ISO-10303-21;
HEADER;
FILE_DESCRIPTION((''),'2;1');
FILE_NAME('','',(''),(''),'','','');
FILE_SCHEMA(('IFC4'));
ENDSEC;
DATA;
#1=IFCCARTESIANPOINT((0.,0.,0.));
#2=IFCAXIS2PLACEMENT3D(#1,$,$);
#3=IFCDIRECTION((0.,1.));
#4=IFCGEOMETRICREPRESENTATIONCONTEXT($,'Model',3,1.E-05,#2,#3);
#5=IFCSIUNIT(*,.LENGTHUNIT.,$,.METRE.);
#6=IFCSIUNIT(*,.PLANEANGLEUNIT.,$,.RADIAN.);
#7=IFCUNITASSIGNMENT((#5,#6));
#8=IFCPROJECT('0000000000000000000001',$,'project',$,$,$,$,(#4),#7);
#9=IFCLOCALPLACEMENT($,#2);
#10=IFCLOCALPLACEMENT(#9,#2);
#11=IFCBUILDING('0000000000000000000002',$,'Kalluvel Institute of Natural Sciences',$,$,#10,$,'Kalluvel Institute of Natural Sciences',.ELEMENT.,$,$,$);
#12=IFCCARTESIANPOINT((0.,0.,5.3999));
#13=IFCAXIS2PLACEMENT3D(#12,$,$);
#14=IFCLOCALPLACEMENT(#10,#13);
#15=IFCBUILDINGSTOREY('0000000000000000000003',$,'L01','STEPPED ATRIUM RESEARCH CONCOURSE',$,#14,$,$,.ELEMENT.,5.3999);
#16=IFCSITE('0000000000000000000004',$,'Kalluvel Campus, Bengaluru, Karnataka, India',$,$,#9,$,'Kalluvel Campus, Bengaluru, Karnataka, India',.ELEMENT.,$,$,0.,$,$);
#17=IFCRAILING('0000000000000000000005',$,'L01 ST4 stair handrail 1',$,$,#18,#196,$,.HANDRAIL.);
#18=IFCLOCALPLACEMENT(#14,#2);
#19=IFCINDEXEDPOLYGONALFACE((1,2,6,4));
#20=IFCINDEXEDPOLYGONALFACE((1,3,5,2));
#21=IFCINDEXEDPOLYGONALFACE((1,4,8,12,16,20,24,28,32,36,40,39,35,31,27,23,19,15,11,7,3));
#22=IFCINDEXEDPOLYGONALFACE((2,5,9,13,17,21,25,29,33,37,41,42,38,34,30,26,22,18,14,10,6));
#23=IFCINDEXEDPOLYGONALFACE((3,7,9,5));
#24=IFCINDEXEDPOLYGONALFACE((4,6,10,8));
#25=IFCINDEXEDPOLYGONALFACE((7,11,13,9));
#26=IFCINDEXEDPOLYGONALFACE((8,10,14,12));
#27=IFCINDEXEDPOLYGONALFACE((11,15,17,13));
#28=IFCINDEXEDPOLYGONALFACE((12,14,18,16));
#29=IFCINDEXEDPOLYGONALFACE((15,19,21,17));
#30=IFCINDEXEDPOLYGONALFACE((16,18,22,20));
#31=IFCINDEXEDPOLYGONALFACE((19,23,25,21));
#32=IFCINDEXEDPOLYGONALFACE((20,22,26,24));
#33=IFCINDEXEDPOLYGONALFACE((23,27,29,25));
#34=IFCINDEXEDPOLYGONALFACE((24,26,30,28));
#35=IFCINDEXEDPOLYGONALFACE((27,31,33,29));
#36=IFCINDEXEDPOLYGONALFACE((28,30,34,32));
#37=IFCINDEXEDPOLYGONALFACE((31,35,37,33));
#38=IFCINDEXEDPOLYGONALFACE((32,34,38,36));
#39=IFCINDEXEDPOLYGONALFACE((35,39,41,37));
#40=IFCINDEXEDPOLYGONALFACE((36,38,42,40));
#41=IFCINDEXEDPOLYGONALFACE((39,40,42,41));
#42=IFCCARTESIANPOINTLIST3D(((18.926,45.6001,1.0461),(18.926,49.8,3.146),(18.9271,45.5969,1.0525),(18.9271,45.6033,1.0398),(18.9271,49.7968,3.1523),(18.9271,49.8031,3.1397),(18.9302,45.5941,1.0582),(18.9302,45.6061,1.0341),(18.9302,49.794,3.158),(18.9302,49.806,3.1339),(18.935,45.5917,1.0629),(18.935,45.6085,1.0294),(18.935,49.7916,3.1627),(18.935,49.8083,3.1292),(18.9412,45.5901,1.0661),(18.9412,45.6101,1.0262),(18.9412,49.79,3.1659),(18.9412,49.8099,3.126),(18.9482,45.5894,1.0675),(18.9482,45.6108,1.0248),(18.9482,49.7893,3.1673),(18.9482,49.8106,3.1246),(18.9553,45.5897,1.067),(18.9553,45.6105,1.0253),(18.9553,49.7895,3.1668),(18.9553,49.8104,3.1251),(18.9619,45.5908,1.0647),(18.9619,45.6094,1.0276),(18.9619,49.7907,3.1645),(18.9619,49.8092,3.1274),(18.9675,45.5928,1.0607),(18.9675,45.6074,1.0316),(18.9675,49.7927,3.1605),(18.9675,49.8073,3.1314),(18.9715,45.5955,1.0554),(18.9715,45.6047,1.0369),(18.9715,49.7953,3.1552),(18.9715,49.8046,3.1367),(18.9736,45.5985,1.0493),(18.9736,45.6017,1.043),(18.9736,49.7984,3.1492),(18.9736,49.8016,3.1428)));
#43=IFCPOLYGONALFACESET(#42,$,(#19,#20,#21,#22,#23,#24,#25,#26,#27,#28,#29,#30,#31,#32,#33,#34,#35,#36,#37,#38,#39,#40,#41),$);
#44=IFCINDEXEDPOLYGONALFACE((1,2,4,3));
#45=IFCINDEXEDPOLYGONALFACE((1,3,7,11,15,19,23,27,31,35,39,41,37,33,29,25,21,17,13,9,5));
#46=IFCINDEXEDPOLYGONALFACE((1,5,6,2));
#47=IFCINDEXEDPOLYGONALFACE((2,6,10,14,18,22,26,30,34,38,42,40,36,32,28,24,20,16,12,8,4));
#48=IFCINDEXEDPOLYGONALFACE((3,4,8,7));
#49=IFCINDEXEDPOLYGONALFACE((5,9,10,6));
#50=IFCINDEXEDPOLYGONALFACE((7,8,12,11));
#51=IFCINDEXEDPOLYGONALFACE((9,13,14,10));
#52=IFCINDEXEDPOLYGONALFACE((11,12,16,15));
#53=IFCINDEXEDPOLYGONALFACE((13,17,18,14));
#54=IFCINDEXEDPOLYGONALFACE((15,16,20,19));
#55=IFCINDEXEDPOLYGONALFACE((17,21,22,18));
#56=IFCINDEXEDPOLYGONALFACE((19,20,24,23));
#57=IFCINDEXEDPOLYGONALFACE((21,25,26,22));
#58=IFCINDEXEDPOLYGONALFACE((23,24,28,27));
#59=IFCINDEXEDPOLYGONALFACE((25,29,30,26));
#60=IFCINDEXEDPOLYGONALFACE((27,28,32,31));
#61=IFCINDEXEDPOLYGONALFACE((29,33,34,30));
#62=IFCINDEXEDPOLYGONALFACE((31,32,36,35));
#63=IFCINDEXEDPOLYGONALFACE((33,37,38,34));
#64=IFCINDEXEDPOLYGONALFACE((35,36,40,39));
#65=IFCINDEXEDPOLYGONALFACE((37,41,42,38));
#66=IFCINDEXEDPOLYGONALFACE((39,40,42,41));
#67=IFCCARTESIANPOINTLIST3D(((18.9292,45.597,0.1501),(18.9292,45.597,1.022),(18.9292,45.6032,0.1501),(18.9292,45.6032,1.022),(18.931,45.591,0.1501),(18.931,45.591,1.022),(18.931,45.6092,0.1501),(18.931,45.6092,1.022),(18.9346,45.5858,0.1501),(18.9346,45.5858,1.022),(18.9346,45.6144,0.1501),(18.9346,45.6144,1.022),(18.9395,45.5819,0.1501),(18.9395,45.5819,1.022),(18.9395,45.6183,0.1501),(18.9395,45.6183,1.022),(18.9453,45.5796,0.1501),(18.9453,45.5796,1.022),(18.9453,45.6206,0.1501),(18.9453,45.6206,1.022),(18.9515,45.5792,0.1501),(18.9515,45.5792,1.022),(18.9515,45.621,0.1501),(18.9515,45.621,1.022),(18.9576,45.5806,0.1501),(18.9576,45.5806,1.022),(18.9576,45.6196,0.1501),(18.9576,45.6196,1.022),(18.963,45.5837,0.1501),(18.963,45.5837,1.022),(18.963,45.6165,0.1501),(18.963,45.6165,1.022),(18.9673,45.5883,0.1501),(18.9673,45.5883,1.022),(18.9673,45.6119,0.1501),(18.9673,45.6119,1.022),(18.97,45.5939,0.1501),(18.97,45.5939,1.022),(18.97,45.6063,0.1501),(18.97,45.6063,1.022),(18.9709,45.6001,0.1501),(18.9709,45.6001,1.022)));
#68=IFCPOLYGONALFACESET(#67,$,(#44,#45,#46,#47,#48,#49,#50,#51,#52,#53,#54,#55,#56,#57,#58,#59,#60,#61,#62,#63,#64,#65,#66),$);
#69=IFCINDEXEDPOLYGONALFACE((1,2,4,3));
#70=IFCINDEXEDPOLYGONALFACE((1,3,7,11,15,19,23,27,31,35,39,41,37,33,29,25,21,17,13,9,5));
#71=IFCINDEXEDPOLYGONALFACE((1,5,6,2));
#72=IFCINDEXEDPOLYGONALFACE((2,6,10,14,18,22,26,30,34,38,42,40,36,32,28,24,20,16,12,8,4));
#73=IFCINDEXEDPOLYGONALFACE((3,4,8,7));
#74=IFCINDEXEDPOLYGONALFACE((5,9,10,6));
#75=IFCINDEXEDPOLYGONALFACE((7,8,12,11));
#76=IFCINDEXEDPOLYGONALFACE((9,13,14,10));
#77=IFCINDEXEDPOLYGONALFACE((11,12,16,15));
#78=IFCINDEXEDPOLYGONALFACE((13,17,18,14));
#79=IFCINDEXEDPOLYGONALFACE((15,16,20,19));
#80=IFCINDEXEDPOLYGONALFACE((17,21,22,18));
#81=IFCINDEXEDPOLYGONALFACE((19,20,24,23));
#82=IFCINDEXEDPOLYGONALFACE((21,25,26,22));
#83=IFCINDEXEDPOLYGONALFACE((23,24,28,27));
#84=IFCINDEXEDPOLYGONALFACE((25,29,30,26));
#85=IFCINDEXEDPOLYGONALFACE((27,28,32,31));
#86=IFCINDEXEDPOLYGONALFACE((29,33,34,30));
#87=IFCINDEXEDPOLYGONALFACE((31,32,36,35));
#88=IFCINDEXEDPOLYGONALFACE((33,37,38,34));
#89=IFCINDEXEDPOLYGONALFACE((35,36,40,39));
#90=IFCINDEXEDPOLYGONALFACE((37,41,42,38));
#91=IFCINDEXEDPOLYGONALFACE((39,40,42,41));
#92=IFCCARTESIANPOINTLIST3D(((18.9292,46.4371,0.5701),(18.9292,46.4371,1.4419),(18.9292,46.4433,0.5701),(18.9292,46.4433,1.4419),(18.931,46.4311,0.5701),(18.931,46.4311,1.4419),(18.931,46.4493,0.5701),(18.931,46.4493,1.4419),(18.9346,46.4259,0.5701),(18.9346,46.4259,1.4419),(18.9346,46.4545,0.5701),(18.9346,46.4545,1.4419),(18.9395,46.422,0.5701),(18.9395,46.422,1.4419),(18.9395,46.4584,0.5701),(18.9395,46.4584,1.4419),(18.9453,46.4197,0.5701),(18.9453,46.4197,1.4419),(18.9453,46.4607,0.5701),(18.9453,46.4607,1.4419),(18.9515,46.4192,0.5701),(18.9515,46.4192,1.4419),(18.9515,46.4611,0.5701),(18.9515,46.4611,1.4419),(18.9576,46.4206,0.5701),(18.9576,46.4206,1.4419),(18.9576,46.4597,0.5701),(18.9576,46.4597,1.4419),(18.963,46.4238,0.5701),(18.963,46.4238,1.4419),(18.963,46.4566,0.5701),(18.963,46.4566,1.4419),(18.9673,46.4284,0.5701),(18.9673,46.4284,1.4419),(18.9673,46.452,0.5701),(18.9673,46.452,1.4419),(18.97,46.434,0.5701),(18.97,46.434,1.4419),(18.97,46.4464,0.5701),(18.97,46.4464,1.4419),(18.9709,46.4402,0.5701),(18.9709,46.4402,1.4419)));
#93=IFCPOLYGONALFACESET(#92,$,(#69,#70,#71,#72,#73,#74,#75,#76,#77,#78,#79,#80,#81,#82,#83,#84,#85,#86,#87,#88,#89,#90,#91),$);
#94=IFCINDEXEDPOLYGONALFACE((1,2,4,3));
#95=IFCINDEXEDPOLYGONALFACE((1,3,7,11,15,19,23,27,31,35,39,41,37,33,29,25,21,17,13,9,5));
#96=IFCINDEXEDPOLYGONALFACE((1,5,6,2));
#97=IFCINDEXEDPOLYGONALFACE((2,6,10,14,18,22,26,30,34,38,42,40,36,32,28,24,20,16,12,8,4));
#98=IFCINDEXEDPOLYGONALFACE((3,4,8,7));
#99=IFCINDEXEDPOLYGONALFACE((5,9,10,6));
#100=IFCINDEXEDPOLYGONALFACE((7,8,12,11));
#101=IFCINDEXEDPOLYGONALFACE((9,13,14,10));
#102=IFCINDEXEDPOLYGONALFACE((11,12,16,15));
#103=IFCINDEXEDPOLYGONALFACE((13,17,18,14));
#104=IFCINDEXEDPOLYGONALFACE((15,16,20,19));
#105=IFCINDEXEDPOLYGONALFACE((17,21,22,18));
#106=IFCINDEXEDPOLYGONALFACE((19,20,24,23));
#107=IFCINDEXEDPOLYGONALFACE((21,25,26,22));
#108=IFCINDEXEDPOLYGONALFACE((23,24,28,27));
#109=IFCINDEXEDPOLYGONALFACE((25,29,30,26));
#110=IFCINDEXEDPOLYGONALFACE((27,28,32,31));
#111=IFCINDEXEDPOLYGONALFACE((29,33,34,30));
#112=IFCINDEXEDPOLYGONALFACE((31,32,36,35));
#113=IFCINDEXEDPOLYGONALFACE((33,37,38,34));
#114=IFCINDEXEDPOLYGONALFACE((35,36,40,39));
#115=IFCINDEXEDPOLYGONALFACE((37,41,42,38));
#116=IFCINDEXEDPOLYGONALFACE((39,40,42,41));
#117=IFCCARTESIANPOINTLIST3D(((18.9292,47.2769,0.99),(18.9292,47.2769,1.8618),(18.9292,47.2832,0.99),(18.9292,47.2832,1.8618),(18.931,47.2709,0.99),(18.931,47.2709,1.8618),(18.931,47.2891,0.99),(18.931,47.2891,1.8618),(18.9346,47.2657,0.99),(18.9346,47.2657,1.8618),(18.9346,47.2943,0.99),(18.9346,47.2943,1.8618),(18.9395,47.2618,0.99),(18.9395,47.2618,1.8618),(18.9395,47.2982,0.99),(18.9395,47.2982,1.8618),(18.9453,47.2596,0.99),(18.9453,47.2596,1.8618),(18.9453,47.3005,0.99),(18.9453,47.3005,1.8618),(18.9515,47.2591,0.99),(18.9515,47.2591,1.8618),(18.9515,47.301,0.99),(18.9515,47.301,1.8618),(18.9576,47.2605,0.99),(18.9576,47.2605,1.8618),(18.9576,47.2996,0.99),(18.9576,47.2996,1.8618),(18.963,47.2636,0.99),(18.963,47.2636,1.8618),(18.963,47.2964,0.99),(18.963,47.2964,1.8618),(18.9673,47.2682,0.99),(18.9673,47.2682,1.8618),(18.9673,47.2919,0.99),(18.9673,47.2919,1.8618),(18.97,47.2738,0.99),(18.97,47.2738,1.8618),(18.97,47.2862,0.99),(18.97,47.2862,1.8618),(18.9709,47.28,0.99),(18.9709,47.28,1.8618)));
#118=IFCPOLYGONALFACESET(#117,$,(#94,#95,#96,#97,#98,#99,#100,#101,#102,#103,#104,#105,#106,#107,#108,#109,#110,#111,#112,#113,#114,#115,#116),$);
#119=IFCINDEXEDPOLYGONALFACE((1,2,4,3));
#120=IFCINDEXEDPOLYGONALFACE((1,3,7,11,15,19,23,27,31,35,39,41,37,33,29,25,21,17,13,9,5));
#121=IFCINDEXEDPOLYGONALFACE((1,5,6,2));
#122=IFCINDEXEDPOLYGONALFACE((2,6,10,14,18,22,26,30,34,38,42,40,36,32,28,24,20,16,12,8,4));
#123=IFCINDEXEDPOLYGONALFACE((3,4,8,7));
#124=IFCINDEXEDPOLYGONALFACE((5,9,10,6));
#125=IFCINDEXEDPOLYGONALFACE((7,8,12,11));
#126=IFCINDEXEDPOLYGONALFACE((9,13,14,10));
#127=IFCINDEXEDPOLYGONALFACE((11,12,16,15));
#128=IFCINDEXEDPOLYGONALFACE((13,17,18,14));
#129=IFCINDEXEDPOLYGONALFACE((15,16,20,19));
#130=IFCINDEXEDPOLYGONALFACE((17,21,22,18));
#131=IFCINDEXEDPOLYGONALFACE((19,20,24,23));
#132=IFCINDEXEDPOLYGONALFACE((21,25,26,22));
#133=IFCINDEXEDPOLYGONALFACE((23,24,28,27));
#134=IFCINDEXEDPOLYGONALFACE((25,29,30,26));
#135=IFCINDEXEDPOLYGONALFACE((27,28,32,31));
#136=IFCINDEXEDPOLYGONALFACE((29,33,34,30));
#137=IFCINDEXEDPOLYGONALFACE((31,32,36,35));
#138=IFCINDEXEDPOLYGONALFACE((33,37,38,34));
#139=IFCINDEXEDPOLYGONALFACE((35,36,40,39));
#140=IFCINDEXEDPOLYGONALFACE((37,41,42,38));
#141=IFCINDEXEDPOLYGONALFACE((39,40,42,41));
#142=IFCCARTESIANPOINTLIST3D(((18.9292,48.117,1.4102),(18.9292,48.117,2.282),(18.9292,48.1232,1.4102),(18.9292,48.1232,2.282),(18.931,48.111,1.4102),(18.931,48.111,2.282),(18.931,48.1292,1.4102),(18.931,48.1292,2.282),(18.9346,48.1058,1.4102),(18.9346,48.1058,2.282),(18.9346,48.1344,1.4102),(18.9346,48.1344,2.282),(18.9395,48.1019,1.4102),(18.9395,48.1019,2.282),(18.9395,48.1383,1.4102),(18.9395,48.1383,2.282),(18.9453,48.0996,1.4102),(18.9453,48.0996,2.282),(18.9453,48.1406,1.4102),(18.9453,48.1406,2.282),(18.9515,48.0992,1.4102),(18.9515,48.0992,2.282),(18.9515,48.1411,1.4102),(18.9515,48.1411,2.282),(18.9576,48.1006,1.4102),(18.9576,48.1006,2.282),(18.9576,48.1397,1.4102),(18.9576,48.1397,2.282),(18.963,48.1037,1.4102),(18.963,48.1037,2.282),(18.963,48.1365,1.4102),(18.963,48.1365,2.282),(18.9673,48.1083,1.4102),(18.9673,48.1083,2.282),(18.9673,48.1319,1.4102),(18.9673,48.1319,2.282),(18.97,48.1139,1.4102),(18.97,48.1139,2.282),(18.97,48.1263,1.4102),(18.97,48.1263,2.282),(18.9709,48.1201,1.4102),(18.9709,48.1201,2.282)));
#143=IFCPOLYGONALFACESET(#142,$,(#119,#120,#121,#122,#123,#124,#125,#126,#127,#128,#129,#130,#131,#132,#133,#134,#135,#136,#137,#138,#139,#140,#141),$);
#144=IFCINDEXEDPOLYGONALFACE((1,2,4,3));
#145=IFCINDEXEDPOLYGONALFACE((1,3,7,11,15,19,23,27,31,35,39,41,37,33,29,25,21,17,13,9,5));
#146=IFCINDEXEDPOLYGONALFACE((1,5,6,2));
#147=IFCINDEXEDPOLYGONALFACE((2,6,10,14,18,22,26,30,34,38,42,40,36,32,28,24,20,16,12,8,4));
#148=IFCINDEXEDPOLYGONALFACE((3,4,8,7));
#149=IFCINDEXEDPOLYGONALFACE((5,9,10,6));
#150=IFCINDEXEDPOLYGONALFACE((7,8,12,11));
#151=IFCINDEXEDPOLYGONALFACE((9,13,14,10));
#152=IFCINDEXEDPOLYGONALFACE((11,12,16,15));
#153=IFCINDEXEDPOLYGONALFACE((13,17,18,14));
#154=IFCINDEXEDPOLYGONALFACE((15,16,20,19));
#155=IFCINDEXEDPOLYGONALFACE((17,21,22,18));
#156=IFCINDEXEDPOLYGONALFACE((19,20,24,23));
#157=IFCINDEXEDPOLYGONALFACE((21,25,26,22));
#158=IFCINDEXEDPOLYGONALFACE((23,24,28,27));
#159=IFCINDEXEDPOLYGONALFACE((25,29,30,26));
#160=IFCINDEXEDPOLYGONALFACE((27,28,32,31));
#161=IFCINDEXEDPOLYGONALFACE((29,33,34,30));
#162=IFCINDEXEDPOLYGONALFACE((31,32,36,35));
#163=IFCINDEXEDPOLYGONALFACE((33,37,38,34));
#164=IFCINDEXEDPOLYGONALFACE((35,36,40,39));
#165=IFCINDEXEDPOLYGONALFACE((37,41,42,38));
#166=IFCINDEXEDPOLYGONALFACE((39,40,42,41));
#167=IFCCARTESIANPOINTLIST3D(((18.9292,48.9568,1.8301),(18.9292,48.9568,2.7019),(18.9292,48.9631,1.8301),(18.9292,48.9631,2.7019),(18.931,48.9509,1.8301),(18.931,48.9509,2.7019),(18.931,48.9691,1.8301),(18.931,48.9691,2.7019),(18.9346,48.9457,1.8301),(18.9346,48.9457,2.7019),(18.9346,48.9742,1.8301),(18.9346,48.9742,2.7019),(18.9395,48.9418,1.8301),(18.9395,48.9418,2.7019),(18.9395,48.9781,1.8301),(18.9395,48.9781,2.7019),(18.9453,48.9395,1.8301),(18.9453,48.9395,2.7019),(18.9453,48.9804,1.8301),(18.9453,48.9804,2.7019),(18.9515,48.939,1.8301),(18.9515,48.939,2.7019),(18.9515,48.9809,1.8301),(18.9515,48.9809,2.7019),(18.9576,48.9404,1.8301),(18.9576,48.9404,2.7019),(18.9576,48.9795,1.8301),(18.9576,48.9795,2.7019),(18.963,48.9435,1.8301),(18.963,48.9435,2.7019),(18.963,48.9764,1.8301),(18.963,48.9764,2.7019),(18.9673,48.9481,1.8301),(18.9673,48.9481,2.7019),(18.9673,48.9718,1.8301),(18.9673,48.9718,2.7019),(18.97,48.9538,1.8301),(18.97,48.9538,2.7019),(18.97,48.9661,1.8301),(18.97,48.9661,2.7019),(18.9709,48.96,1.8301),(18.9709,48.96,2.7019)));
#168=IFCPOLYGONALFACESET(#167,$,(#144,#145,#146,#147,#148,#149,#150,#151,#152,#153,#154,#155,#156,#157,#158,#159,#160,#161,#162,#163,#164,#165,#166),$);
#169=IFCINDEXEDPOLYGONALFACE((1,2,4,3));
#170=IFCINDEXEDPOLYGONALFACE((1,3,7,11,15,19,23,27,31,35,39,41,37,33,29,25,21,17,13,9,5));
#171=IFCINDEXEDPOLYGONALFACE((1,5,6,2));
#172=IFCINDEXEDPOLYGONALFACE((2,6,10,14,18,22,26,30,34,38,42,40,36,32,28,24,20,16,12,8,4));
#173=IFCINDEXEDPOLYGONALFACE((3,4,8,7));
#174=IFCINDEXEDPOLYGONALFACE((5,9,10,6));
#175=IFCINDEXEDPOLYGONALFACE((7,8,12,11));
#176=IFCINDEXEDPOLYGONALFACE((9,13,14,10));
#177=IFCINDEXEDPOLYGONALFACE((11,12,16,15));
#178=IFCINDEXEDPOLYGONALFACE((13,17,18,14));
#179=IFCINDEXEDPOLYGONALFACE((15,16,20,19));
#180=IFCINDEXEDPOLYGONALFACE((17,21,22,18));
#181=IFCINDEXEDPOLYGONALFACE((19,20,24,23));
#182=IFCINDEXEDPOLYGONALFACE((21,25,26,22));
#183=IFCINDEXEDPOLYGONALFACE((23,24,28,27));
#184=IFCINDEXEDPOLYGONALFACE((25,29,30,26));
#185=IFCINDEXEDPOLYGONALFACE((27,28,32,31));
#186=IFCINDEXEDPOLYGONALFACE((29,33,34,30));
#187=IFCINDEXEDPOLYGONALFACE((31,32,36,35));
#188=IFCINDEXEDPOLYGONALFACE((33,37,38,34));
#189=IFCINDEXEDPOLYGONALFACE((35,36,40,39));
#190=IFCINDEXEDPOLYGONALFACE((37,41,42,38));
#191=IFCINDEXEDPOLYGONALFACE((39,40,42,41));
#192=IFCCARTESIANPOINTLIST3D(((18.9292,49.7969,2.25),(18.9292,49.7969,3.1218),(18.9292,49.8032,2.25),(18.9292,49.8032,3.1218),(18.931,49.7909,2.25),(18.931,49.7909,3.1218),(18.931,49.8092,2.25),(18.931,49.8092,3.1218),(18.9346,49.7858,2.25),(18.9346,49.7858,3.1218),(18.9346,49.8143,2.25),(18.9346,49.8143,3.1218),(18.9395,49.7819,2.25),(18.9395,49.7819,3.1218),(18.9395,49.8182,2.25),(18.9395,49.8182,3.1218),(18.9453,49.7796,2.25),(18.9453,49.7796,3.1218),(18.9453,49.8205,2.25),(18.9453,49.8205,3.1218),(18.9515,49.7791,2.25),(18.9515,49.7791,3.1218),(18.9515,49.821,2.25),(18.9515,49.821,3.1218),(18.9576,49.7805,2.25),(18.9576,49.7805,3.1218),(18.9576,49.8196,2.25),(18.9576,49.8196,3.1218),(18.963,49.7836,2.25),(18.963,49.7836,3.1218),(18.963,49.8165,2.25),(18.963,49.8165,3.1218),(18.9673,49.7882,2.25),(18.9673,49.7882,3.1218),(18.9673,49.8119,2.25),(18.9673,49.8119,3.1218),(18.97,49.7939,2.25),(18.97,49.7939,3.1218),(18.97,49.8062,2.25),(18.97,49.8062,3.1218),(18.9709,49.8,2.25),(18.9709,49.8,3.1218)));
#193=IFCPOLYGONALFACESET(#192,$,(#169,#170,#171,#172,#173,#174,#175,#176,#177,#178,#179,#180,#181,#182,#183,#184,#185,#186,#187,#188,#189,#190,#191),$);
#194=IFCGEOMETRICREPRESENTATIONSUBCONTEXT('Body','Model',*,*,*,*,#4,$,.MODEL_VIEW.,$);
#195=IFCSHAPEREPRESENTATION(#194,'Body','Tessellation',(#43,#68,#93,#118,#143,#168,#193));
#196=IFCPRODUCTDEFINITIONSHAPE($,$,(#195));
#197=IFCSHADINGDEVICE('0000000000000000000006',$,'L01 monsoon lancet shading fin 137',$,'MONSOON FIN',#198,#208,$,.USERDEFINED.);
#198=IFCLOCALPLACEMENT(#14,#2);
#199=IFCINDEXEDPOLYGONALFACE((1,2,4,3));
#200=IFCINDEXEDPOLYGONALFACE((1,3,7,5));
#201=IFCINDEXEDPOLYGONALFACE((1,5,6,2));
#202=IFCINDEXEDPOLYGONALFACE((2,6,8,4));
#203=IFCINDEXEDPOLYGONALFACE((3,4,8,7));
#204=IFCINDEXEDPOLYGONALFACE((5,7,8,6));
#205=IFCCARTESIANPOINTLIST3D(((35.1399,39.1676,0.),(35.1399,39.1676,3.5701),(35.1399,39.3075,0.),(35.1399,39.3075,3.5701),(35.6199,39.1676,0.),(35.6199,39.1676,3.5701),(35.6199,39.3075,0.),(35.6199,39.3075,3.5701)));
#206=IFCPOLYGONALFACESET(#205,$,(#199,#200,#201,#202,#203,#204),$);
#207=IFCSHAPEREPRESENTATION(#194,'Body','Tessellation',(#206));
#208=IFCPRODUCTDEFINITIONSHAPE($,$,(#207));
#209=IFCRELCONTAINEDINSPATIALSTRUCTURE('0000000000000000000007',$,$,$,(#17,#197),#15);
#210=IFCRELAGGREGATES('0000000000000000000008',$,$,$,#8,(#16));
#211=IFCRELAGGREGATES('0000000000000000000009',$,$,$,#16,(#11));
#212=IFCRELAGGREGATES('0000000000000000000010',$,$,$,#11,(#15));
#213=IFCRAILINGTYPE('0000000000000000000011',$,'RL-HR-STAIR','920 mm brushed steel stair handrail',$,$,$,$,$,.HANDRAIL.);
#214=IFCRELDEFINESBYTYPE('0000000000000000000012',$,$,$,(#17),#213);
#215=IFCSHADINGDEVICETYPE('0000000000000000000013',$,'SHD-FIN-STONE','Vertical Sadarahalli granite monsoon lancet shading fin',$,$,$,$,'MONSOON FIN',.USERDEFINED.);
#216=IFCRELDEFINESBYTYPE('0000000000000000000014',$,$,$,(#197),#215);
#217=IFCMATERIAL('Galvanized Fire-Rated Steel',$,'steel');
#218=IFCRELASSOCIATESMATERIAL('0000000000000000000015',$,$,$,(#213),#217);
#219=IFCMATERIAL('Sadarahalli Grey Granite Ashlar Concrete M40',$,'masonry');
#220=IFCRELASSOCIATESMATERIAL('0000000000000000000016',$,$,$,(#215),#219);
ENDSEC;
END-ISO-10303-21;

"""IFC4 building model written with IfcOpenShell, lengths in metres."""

from ifc_helpers import new_model, si_unit, direction, frame, origin, origin_2d, place, context, subcontext, project, spatial, rectangle, circle, extrude, material, type_object, element, save


model = new_model("IFC4")

# Units and contexts
model_context = context("Model", 3, precision=1e-05, world=origin(), true_north=direction((0.0, 1.0)))
body_context = subcontext(model_context, "Body", "Model", "MODEL_VIEW")
ifc_project = project(units=[si_unit("LENGTHUNIT", "METRE"), si_unit("PLANEANGLEUNIT", "RADIAN")], contexts=[model_context])

# Site, building, storey
site_placement = place(None, origin())
site = spatial("IfcSite", under=ifc_project, at=site_placement, Name="Kalluvel Campus, Bengaluru, Karnataka, India", LongName="Kalluvel Campus, Bengaluru, Karnataka, India", CompositionType="ELEMENT", RefElevation=0.0)
building_placement = place(site_placement, origin())
building = spatial("IfcBuilding", under=site, at=building_placement, Name="Kalluvel Institute of Natural Sciences", LongName="Kalluvel Institute of Natural Sciences", CompositionType="ELEMENT")
storey_placement = place(building_placement, frame((0.0, 0.0, 5.3999)))
storey = spatial("IfcBuildingStorey", under=building, at=storey_placement, Name="L01", Description="STEPPED ATRIUM RESEARCH CONCOURSE", CompositionType="ELEMENT", Elevation=5.3999)

# Shared definitions
ifc_material_1 = material(Name="Galvanized Fire-Rated Steel", Category="steel")

# Shared definitions
ifc_material_2 = material(Name="Sadarahalli Grey Granite Ashlar Concrete M40", Category="masonry")

# Railing
railing_type_1 = type_object("IfcRailingType", Name="RL-HR-STAIR", Description="920 mm brushed steel stair handrail", PredefinedType="HANDRAIL", material=ifc_material_1)
railing_1_placement = place(storey_placement, frame((18.95, 45.6001, 0.1501)))
element("IfcRailing", 1, at=railing_1_placement, inside=storey, type_object=railing_type_1, Name="L01 ST4 stair handrail 1", PredefinedType="HANDRAIL", context=body_context, shape_type="SweptSolid", body=[
    extrude(circle(Radius=0.0239, at=origin_2d()), frame((0.0, 0.0, 0.896), z_axis=(0.0, 0.894438, 0.447193), x_axis=(-1.0, 0.0, 0.0)), (0.0, 0.0, 1.0), 4.6956),
    extrude(circle(Radius=0.021, at=origin_2d()), origin(), (0.0, 0.0, 1.0), 0.8718),
    extrude(circle(Radius=0.021, at=origin_2d()), frame((0.0, 0.8401, 0.4199)), (0.0, 0.0, 1.0), 0.8718),
    extrude(circle(Radius=0.021, at=origin_2d()), frame((0.0, 1.6799, 0.8398)), (0.0, 0.0, 1.0), 0.8718),
    extrude(circle(Radius=0.021, at=origin_2d()), frame((0.0, 2.52, 1.26)), (0.0, 0.0, 1.0), 0.8718),
    extrude(circle(Radius=0.021, at=origin_2d()), frame((0.0, 3.3599, 1.6799)), (0.0, 0.0, 1.0), 0.8718),
    extrude(circle(Radius=0.021, at=origin_2d()), frame((0.0, 4.2, 2.0999)), (0.0, 0.0, 1.0), 0.8718),
])

# Shading device
shading_device_type = type_object("IfcShadingDeviceType", Name="SHD-FIN-STONE", Description="Vertical Sadarahalli granite monsoon lancet shading fin", ElementType="MONSOON FIN", PredefinedType="USERDEFINED", material=ifc_material_2)
shading_device_placement = place(storey_placement, frame((35.3799, 39.2375, 0.0), z_axis=(0.0, 0.0, 1.0), x_axis=(0.0, 1.0, 0.0)))
element("IfcShadingDevice", 2, at=shading_device_placement, inside=storey, type_object=shading_device_type, Name="L01 monsoon lancet shading fin 137", ObjectType="MONSOON FIN", PredefinedType="USERDEFINED", context=body_context, shape_type="SweptSolid", body=[
    extrude(rectangle(XDim=0.1399, YDim=0.48, at=origin_2d()), origin(), (0.0, 0.0, 1.0), 3.5701),
])

save(model, "model.ifc")
